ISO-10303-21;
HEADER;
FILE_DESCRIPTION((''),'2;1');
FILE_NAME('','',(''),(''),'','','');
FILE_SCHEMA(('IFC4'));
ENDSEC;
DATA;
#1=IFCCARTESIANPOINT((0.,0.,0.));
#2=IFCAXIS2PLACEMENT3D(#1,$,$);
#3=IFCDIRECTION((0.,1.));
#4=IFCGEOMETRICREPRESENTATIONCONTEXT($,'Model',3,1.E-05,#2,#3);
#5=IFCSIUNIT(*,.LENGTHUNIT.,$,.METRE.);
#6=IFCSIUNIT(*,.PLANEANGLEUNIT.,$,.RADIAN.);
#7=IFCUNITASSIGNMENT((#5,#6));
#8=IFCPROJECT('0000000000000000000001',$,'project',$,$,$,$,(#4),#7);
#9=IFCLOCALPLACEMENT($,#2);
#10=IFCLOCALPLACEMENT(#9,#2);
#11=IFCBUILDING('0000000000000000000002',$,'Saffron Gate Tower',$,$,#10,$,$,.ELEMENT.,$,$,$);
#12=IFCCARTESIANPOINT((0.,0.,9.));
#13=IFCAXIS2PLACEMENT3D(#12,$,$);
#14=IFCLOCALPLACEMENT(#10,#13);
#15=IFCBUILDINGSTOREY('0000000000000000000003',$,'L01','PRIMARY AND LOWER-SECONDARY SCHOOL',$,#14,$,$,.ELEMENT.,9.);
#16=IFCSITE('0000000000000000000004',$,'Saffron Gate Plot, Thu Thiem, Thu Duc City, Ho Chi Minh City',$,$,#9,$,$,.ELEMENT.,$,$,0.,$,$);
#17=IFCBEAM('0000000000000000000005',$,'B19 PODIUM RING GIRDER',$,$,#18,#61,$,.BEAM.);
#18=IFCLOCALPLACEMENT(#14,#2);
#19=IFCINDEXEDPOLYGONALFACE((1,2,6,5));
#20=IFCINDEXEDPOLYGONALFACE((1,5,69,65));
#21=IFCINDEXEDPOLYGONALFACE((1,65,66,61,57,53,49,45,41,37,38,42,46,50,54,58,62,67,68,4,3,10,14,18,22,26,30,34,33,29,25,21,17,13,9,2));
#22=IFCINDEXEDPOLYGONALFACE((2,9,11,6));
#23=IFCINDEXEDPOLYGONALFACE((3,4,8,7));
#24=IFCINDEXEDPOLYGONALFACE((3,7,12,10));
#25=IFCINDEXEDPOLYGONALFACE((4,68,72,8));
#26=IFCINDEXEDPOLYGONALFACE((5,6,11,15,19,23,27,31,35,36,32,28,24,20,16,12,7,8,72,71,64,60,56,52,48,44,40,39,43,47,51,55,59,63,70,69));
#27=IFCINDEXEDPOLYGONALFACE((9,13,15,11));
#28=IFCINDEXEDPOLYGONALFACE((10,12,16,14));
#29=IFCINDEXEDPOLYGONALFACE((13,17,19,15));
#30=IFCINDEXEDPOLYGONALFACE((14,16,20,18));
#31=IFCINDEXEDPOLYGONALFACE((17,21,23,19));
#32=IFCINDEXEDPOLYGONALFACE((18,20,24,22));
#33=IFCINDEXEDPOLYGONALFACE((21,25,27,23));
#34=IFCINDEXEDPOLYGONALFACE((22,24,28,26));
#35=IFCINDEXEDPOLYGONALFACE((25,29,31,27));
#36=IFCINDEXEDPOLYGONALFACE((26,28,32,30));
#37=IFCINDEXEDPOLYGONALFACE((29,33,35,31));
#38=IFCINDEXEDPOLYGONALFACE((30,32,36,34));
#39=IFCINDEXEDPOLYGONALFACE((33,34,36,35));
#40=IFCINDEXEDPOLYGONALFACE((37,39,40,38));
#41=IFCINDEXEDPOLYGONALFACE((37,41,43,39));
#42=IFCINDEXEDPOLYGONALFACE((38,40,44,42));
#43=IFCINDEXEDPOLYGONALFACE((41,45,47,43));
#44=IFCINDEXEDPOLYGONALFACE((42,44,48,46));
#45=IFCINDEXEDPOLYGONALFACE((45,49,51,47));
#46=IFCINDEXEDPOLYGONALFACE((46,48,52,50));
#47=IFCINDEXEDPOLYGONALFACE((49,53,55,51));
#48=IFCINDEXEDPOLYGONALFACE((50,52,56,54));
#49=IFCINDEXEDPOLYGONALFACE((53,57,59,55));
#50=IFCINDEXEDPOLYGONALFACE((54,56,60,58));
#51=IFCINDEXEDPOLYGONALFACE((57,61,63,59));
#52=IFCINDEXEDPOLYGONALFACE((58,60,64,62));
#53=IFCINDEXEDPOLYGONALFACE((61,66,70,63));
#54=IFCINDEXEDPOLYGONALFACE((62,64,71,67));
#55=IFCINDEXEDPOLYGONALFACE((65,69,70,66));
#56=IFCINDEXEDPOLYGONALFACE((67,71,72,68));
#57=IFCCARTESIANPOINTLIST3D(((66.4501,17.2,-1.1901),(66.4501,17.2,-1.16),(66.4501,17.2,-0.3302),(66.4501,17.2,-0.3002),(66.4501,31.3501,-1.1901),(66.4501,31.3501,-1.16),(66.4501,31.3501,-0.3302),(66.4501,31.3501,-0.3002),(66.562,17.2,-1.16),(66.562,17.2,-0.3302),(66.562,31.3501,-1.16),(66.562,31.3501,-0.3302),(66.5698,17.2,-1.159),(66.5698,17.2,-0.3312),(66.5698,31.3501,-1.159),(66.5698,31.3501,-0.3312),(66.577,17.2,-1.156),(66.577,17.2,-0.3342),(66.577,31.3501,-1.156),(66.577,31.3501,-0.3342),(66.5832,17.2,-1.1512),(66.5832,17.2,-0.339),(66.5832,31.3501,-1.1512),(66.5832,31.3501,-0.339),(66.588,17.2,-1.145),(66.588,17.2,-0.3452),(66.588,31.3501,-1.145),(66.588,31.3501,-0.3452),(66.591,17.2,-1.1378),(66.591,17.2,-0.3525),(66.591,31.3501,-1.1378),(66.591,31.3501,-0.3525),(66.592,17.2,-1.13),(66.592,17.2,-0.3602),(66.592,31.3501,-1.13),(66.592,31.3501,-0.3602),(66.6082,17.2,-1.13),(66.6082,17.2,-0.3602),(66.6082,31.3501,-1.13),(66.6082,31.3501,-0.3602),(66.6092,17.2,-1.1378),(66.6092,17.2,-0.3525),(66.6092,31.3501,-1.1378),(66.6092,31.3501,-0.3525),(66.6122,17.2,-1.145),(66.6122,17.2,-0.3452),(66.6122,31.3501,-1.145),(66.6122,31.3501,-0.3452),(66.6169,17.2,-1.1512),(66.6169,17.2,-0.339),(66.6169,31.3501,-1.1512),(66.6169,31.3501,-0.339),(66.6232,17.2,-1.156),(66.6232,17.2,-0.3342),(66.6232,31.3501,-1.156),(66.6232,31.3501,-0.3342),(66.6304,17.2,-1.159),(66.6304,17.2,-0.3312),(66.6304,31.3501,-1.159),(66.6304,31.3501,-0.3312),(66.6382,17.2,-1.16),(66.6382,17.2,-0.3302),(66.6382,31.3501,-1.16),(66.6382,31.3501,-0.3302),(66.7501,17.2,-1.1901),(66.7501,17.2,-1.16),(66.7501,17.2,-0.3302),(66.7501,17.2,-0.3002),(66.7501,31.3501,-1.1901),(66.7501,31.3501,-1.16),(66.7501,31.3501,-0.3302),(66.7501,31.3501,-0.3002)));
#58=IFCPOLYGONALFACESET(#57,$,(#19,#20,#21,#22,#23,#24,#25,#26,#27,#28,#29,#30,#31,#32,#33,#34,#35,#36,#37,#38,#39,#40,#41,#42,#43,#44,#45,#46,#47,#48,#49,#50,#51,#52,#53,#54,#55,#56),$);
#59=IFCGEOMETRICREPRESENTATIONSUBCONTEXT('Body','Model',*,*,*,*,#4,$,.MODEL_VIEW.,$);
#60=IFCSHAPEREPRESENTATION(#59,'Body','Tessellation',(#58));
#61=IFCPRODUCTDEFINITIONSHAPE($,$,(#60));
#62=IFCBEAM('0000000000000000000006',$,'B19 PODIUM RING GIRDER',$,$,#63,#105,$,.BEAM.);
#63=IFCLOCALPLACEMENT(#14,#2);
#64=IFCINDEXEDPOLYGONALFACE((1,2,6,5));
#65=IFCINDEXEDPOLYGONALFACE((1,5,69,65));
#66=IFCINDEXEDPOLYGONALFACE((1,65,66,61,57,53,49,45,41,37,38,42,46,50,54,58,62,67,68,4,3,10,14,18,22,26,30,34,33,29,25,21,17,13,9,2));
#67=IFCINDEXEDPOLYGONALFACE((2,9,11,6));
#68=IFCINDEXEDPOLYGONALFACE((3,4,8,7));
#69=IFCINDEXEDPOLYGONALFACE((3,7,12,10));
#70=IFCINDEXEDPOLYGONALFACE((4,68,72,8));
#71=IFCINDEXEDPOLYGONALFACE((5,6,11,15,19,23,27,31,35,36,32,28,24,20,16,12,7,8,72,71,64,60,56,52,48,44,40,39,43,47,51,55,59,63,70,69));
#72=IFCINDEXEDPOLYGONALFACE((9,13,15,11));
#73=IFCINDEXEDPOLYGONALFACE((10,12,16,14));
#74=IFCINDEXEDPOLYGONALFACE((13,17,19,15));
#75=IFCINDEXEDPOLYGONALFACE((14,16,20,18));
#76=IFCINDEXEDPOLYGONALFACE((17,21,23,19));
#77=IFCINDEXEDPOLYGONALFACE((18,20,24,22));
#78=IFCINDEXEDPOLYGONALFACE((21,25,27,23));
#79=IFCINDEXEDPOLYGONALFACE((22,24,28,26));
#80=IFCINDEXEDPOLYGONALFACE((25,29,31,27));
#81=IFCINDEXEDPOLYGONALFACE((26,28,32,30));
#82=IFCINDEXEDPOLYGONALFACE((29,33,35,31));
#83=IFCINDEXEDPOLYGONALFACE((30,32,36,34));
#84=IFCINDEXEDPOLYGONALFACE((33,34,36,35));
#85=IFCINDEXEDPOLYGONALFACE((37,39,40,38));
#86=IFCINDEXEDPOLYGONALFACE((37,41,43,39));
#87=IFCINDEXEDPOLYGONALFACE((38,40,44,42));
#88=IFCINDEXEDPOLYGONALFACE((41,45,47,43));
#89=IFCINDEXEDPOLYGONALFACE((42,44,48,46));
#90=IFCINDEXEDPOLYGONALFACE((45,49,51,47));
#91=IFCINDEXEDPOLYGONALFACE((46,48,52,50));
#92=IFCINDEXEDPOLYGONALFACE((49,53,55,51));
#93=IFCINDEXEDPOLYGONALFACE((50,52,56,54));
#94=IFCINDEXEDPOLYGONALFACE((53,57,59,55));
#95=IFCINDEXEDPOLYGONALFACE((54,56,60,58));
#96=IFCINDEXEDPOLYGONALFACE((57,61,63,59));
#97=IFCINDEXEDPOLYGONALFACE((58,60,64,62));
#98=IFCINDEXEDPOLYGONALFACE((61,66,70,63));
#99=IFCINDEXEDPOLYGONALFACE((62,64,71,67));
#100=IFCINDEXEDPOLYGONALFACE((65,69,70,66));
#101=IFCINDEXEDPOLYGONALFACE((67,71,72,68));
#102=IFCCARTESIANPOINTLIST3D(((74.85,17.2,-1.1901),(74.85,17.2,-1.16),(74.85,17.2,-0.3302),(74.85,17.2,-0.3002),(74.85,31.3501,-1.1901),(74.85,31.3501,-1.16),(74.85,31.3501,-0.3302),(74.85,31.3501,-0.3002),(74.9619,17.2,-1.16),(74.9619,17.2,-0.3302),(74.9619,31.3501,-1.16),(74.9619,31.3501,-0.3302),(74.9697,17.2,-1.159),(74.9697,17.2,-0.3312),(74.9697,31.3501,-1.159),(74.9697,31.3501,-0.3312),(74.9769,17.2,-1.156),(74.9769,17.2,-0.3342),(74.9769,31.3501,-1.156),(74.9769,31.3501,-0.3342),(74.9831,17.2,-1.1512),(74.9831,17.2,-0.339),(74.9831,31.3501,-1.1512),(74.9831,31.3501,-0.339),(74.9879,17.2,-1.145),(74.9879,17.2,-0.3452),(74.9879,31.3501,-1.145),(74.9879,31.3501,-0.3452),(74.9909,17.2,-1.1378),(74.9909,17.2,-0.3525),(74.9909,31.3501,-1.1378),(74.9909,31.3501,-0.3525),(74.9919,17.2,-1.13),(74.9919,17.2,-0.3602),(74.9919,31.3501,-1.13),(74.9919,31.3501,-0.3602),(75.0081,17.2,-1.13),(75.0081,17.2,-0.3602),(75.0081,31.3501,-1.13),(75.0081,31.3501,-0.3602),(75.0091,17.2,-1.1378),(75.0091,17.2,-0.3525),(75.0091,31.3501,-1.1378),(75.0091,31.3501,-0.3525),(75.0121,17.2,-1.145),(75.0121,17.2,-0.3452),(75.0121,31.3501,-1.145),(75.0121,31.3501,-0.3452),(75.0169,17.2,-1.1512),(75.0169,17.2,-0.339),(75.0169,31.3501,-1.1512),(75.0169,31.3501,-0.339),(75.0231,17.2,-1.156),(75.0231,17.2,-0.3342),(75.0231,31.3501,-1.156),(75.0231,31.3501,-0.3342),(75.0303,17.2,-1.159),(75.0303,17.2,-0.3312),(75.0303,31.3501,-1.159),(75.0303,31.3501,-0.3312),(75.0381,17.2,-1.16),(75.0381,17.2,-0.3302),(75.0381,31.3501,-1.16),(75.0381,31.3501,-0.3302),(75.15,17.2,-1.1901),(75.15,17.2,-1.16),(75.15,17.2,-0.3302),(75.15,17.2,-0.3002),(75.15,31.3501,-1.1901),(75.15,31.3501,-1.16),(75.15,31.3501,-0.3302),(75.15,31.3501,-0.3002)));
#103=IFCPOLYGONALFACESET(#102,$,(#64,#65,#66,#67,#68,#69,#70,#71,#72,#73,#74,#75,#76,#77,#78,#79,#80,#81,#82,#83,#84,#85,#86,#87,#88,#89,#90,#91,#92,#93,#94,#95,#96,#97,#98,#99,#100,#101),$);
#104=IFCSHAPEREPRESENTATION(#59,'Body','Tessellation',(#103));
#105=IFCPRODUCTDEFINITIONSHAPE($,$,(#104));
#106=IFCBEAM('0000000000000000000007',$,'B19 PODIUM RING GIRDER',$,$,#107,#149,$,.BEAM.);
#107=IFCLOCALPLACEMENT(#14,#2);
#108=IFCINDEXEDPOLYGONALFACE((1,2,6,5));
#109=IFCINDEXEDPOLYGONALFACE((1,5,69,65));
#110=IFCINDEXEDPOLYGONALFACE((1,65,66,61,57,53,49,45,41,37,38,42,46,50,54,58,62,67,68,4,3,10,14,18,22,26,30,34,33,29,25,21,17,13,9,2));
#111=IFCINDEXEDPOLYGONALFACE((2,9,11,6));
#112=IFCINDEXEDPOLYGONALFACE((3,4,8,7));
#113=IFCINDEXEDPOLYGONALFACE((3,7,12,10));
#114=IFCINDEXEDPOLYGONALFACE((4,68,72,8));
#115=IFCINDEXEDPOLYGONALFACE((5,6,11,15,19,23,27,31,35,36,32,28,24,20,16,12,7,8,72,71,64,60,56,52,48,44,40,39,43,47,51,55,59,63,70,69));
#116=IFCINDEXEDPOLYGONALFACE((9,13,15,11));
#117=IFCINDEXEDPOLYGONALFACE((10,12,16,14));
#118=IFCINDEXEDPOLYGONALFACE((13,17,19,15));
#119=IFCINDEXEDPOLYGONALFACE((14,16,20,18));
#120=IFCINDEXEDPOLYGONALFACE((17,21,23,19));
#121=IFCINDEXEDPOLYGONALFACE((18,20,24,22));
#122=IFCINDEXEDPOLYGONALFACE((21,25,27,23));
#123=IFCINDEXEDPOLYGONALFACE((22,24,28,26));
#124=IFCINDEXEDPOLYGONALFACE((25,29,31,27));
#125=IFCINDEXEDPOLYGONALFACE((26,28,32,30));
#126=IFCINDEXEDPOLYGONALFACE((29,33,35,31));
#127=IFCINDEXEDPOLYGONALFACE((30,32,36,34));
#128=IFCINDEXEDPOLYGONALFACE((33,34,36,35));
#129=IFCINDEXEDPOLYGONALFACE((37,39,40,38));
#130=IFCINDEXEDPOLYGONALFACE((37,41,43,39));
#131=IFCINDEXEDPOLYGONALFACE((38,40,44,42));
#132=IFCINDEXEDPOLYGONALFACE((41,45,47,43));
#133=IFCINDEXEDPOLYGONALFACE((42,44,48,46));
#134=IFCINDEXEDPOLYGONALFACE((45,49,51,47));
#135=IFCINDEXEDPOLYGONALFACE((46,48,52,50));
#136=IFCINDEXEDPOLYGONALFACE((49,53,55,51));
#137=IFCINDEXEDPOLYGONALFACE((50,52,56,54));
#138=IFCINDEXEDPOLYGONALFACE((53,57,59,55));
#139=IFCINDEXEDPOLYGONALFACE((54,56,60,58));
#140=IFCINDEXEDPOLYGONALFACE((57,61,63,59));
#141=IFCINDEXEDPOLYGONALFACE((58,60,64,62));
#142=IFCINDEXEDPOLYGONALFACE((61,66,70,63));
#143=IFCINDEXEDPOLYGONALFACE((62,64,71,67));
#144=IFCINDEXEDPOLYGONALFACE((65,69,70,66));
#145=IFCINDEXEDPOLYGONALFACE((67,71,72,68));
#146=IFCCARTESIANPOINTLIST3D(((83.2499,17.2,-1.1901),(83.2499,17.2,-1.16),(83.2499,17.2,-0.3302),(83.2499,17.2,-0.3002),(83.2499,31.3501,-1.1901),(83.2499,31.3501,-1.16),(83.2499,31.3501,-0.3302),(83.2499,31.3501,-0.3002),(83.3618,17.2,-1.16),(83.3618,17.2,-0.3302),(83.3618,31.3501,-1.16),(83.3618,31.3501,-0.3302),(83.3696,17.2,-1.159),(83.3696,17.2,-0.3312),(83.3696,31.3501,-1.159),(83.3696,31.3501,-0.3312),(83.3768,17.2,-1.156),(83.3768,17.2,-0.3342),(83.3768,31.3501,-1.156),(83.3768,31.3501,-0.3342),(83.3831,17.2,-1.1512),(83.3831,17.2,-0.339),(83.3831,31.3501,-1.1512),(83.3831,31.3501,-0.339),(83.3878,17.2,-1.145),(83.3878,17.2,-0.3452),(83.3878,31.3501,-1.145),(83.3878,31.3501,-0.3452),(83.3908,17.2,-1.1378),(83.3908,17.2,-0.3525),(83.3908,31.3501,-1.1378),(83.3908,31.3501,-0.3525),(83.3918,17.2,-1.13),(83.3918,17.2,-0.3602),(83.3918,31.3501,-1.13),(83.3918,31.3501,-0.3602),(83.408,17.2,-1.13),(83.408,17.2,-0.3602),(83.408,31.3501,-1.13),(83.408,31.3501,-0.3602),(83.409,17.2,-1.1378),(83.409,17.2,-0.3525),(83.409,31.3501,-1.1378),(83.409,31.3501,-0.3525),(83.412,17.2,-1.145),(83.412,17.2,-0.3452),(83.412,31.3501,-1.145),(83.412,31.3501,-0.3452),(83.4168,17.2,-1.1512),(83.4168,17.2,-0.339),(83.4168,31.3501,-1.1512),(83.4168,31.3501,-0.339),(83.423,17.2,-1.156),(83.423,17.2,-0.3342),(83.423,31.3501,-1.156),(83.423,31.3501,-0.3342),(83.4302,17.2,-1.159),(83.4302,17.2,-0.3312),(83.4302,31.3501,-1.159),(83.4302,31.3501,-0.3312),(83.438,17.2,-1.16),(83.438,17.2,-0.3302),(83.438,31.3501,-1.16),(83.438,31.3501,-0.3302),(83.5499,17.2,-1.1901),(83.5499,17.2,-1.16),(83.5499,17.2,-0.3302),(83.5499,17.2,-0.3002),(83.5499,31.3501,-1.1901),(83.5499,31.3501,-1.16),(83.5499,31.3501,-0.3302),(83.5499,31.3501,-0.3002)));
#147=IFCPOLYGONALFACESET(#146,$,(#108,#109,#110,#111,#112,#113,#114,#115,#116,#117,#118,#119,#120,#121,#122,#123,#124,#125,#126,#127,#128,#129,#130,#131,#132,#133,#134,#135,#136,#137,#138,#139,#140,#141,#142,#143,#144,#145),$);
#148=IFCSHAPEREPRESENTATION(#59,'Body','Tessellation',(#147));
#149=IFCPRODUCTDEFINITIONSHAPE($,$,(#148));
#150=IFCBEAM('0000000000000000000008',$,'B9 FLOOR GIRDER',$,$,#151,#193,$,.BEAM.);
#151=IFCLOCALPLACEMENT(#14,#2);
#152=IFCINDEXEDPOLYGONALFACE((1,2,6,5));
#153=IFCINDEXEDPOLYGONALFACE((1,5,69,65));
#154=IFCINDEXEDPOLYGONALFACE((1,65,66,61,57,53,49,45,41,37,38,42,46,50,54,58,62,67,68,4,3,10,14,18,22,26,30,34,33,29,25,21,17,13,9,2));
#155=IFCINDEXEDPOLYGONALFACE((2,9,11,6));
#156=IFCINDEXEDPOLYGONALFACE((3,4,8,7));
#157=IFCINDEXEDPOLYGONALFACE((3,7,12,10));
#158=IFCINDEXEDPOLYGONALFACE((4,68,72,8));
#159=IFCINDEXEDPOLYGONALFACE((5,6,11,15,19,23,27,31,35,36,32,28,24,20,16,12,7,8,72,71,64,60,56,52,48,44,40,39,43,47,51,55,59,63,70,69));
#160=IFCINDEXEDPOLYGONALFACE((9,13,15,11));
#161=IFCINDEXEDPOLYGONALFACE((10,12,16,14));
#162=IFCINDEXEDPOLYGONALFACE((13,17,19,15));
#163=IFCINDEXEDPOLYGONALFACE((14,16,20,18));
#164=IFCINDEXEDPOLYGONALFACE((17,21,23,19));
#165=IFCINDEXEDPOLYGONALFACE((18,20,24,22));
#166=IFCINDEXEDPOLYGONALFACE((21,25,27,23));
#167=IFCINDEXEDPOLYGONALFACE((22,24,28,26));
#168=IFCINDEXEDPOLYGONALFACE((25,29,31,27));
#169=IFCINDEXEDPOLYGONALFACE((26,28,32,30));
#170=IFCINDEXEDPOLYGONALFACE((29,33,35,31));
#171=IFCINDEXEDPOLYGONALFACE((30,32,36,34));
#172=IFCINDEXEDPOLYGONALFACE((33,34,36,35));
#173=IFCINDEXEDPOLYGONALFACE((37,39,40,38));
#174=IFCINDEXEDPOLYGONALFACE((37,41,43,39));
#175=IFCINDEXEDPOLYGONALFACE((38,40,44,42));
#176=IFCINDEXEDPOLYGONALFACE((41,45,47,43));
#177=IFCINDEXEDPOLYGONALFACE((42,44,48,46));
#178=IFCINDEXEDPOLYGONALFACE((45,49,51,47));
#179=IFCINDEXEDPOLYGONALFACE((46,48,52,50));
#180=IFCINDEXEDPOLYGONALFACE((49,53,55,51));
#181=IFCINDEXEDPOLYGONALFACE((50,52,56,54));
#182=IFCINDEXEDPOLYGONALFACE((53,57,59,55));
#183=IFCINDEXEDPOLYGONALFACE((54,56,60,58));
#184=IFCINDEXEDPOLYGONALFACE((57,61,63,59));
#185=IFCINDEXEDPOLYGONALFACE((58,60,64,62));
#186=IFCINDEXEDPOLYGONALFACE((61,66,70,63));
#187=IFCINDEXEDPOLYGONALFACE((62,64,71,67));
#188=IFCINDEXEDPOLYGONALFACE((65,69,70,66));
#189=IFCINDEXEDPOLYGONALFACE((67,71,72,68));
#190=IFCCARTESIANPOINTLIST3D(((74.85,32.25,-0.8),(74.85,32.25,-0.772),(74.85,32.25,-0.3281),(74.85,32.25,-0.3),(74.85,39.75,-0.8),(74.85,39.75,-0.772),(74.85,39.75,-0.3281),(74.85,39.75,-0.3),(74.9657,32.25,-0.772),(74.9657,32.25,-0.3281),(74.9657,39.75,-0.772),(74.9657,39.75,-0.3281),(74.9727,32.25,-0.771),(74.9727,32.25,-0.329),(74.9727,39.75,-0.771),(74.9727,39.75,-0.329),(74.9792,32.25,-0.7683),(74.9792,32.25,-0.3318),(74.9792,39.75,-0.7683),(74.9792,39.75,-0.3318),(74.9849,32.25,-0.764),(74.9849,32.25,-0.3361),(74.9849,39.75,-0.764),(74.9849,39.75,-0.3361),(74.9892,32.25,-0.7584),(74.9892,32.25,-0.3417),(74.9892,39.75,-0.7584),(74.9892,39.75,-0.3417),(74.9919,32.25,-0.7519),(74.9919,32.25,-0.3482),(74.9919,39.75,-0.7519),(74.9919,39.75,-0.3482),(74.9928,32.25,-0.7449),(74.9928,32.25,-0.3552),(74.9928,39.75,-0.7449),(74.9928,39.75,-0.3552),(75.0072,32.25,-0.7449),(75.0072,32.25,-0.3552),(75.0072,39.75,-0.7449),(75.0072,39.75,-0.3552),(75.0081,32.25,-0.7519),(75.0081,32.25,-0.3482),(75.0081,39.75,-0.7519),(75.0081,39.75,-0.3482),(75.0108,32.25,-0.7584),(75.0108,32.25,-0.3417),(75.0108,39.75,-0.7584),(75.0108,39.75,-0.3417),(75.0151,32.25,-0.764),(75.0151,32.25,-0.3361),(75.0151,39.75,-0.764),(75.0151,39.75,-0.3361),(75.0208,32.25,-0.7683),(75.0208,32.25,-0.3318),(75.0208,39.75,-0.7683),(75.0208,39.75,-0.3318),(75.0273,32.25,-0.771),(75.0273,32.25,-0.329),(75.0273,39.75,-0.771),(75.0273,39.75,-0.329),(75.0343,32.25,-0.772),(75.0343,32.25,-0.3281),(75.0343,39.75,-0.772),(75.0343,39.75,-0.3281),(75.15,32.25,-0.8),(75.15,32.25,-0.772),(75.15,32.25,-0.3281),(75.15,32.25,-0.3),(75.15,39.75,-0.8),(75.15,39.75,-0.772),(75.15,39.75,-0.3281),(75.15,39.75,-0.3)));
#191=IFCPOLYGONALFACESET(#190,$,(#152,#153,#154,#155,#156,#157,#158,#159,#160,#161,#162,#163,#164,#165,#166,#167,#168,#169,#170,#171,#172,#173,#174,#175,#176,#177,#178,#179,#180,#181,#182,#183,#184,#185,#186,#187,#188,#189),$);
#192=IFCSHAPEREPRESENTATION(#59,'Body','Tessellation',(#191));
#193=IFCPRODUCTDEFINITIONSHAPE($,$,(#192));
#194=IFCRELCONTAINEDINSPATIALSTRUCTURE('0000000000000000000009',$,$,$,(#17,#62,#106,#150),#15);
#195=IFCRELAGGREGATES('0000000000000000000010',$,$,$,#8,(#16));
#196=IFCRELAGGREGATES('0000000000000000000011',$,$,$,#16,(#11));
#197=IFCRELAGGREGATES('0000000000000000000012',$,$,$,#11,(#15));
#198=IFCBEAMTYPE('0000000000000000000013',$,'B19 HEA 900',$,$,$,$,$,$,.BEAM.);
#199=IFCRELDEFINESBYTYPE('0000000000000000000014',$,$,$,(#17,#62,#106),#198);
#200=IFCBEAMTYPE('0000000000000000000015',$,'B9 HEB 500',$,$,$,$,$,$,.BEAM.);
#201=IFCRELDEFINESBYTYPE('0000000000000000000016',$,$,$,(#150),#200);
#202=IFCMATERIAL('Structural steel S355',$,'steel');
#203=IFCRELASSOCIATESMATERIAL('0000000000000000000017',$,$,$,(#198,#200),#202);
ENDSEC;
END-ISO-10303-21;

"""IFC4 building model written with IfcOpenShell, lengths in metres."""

from ifc_helpers import new_model, si_unit, direction, frame, origin, origin_2d, place, context, subcontext, project, spatial, i_section, extrude, material, material_profile, profile_set, type_object, element, save


model = new_model("IFC4")

# Units and contexts
model_context = context("Model", 3, precision=1e-05, world=origin(), true_north=direction((0.0, 1.0)))
body_context = subcontext(model_context, "Body", "Model", "MODEL_VIEW")
ifc_project = project(units=[si_unit("LENGTHUNIT", "METRE"), si_unit("PLANEANGLEUNIT", "RADIAN")], contexts=[model_context])

# Site, building, storey
site_placement = place(None, origin())
site = spatial("IfcSite", under=ifc_project, at=site_placement, Name="Saffron Gate Plot, Thu Thiem, Thu Duc City, Ho Chi Minh City", CompositionType="ELEMENT", RefElevation=0.0)
building_placement = place(site_placement, origin())
building = spatial("IfcBuilding", under=site, at=building_placement, Name="Saffron Gate Tower", CompositionType="ELEMENT")
storey_placement = place(building_placement, frame((0.0, 0.0, 9.0)))
storey = spatial("IfcBuildingStorey", under=building, at=storey_placement, Name="L01", Description="PRIMARY AND LOWER-SECONDARY SCHOOL", CompositionType="ELEMENT", Elevation=9.0)

# Beams
ifc_material_1 = material(Name="Structural steel S355", Category="steel")
ifc_material_profile_1 = material_profile(ifc_material_1, i_section(OverallWidth=0.3, OverallDepth=0.8899, WebThickness=0.0161, FlangeThickness=0.03, FilletRadius=0.03, at=origin_2d()))
ifc_profile_set_1 = profile_set([ifc_material_profile_1], Name="Structural steel S355")
beam_type_1 = type_object("IfcBeamType", Name="B19 HEA 900", PredefinedType="BEAM", material=ifc_profile_set_1)
for number, where, z_axis, x_axis, name in (
    (1, (66.6001, 17.2, -0.7451), (0.0, 1.0, 0.0), (-1.0, 0.0, 0.0), "B19 PODIUM RING GIRDER"),
    (2, (75.0, 17.2, -0.7451), (0.0, 1.0, 0.0), (-1.0, 0.0, 0.0), "B19 PODIUM RING GIRDER"),
    (3, (83.3999, 17.2, -0.7451), (0.0, 1.0, 0.0), (-1.0, 0.0, 0.0), "B19 PODIUM RING GIRDER"),
):
    element("IfcBeam", number, at=place(storey_placement, frame(where, z_axis=z_axis, x_axis=x_axis)), inside=storey, type_object=beam_type_1, Name=name, PredefinedType="BEAM", context=body_context, shape_type="SweptSolid", body=[
        extrude(i_section(OverallWidth=0.3, OverallDepth=0.8899, WebThickness=0.0161, FlangeThickness=0.03, FilletRadius=0.03, at=origin_2d()), origin(), (0.0, 0.0, 1.0), 14.1501),
    ])
ifc_material_profile_2 = material_profile(ifc_material_1, i_section(OverallWidth=0.3, OverallDepth=0.5, WebThickness=0.0144, FlangeThickness=0.0281, FilletRadius=0.0271, at=origin_2d()))
ifc_profile_set_2 = profile_set([ifc_material_profile_2], Name="Structural steel S355")
beam_type_2 = type_object("IfcBeamType", Name="B9 HEB 500", PredefinedType="BEAM", material=ifc_profile_set_2)
beam_1_placement = place(storey_placement, frame((75.0, 32.25, -0.55), z_axis=(0.0, 1.0, 0.0), x_axis=(-1.0, 0.0, 0.0)))
element("IfcBeam", 4, at=beam_1_placement, inside=storey, type_object=beam_type_2, Name="B9 FLOOR GIRDER", PredefinedType="BEAM", context=body_context, shape_type="SweptSolid", body=[
    extrude(i_section(OverallWidth=0.3, OverallDepth=0.5, WebThickness=0.0144, FlangeThickness=0.0281, FilletRadius=0.0271, at=origin_2d()), origin(), (0.0, 0.0, 1.0), 7.5),
])

save(model, "model.ifc")
